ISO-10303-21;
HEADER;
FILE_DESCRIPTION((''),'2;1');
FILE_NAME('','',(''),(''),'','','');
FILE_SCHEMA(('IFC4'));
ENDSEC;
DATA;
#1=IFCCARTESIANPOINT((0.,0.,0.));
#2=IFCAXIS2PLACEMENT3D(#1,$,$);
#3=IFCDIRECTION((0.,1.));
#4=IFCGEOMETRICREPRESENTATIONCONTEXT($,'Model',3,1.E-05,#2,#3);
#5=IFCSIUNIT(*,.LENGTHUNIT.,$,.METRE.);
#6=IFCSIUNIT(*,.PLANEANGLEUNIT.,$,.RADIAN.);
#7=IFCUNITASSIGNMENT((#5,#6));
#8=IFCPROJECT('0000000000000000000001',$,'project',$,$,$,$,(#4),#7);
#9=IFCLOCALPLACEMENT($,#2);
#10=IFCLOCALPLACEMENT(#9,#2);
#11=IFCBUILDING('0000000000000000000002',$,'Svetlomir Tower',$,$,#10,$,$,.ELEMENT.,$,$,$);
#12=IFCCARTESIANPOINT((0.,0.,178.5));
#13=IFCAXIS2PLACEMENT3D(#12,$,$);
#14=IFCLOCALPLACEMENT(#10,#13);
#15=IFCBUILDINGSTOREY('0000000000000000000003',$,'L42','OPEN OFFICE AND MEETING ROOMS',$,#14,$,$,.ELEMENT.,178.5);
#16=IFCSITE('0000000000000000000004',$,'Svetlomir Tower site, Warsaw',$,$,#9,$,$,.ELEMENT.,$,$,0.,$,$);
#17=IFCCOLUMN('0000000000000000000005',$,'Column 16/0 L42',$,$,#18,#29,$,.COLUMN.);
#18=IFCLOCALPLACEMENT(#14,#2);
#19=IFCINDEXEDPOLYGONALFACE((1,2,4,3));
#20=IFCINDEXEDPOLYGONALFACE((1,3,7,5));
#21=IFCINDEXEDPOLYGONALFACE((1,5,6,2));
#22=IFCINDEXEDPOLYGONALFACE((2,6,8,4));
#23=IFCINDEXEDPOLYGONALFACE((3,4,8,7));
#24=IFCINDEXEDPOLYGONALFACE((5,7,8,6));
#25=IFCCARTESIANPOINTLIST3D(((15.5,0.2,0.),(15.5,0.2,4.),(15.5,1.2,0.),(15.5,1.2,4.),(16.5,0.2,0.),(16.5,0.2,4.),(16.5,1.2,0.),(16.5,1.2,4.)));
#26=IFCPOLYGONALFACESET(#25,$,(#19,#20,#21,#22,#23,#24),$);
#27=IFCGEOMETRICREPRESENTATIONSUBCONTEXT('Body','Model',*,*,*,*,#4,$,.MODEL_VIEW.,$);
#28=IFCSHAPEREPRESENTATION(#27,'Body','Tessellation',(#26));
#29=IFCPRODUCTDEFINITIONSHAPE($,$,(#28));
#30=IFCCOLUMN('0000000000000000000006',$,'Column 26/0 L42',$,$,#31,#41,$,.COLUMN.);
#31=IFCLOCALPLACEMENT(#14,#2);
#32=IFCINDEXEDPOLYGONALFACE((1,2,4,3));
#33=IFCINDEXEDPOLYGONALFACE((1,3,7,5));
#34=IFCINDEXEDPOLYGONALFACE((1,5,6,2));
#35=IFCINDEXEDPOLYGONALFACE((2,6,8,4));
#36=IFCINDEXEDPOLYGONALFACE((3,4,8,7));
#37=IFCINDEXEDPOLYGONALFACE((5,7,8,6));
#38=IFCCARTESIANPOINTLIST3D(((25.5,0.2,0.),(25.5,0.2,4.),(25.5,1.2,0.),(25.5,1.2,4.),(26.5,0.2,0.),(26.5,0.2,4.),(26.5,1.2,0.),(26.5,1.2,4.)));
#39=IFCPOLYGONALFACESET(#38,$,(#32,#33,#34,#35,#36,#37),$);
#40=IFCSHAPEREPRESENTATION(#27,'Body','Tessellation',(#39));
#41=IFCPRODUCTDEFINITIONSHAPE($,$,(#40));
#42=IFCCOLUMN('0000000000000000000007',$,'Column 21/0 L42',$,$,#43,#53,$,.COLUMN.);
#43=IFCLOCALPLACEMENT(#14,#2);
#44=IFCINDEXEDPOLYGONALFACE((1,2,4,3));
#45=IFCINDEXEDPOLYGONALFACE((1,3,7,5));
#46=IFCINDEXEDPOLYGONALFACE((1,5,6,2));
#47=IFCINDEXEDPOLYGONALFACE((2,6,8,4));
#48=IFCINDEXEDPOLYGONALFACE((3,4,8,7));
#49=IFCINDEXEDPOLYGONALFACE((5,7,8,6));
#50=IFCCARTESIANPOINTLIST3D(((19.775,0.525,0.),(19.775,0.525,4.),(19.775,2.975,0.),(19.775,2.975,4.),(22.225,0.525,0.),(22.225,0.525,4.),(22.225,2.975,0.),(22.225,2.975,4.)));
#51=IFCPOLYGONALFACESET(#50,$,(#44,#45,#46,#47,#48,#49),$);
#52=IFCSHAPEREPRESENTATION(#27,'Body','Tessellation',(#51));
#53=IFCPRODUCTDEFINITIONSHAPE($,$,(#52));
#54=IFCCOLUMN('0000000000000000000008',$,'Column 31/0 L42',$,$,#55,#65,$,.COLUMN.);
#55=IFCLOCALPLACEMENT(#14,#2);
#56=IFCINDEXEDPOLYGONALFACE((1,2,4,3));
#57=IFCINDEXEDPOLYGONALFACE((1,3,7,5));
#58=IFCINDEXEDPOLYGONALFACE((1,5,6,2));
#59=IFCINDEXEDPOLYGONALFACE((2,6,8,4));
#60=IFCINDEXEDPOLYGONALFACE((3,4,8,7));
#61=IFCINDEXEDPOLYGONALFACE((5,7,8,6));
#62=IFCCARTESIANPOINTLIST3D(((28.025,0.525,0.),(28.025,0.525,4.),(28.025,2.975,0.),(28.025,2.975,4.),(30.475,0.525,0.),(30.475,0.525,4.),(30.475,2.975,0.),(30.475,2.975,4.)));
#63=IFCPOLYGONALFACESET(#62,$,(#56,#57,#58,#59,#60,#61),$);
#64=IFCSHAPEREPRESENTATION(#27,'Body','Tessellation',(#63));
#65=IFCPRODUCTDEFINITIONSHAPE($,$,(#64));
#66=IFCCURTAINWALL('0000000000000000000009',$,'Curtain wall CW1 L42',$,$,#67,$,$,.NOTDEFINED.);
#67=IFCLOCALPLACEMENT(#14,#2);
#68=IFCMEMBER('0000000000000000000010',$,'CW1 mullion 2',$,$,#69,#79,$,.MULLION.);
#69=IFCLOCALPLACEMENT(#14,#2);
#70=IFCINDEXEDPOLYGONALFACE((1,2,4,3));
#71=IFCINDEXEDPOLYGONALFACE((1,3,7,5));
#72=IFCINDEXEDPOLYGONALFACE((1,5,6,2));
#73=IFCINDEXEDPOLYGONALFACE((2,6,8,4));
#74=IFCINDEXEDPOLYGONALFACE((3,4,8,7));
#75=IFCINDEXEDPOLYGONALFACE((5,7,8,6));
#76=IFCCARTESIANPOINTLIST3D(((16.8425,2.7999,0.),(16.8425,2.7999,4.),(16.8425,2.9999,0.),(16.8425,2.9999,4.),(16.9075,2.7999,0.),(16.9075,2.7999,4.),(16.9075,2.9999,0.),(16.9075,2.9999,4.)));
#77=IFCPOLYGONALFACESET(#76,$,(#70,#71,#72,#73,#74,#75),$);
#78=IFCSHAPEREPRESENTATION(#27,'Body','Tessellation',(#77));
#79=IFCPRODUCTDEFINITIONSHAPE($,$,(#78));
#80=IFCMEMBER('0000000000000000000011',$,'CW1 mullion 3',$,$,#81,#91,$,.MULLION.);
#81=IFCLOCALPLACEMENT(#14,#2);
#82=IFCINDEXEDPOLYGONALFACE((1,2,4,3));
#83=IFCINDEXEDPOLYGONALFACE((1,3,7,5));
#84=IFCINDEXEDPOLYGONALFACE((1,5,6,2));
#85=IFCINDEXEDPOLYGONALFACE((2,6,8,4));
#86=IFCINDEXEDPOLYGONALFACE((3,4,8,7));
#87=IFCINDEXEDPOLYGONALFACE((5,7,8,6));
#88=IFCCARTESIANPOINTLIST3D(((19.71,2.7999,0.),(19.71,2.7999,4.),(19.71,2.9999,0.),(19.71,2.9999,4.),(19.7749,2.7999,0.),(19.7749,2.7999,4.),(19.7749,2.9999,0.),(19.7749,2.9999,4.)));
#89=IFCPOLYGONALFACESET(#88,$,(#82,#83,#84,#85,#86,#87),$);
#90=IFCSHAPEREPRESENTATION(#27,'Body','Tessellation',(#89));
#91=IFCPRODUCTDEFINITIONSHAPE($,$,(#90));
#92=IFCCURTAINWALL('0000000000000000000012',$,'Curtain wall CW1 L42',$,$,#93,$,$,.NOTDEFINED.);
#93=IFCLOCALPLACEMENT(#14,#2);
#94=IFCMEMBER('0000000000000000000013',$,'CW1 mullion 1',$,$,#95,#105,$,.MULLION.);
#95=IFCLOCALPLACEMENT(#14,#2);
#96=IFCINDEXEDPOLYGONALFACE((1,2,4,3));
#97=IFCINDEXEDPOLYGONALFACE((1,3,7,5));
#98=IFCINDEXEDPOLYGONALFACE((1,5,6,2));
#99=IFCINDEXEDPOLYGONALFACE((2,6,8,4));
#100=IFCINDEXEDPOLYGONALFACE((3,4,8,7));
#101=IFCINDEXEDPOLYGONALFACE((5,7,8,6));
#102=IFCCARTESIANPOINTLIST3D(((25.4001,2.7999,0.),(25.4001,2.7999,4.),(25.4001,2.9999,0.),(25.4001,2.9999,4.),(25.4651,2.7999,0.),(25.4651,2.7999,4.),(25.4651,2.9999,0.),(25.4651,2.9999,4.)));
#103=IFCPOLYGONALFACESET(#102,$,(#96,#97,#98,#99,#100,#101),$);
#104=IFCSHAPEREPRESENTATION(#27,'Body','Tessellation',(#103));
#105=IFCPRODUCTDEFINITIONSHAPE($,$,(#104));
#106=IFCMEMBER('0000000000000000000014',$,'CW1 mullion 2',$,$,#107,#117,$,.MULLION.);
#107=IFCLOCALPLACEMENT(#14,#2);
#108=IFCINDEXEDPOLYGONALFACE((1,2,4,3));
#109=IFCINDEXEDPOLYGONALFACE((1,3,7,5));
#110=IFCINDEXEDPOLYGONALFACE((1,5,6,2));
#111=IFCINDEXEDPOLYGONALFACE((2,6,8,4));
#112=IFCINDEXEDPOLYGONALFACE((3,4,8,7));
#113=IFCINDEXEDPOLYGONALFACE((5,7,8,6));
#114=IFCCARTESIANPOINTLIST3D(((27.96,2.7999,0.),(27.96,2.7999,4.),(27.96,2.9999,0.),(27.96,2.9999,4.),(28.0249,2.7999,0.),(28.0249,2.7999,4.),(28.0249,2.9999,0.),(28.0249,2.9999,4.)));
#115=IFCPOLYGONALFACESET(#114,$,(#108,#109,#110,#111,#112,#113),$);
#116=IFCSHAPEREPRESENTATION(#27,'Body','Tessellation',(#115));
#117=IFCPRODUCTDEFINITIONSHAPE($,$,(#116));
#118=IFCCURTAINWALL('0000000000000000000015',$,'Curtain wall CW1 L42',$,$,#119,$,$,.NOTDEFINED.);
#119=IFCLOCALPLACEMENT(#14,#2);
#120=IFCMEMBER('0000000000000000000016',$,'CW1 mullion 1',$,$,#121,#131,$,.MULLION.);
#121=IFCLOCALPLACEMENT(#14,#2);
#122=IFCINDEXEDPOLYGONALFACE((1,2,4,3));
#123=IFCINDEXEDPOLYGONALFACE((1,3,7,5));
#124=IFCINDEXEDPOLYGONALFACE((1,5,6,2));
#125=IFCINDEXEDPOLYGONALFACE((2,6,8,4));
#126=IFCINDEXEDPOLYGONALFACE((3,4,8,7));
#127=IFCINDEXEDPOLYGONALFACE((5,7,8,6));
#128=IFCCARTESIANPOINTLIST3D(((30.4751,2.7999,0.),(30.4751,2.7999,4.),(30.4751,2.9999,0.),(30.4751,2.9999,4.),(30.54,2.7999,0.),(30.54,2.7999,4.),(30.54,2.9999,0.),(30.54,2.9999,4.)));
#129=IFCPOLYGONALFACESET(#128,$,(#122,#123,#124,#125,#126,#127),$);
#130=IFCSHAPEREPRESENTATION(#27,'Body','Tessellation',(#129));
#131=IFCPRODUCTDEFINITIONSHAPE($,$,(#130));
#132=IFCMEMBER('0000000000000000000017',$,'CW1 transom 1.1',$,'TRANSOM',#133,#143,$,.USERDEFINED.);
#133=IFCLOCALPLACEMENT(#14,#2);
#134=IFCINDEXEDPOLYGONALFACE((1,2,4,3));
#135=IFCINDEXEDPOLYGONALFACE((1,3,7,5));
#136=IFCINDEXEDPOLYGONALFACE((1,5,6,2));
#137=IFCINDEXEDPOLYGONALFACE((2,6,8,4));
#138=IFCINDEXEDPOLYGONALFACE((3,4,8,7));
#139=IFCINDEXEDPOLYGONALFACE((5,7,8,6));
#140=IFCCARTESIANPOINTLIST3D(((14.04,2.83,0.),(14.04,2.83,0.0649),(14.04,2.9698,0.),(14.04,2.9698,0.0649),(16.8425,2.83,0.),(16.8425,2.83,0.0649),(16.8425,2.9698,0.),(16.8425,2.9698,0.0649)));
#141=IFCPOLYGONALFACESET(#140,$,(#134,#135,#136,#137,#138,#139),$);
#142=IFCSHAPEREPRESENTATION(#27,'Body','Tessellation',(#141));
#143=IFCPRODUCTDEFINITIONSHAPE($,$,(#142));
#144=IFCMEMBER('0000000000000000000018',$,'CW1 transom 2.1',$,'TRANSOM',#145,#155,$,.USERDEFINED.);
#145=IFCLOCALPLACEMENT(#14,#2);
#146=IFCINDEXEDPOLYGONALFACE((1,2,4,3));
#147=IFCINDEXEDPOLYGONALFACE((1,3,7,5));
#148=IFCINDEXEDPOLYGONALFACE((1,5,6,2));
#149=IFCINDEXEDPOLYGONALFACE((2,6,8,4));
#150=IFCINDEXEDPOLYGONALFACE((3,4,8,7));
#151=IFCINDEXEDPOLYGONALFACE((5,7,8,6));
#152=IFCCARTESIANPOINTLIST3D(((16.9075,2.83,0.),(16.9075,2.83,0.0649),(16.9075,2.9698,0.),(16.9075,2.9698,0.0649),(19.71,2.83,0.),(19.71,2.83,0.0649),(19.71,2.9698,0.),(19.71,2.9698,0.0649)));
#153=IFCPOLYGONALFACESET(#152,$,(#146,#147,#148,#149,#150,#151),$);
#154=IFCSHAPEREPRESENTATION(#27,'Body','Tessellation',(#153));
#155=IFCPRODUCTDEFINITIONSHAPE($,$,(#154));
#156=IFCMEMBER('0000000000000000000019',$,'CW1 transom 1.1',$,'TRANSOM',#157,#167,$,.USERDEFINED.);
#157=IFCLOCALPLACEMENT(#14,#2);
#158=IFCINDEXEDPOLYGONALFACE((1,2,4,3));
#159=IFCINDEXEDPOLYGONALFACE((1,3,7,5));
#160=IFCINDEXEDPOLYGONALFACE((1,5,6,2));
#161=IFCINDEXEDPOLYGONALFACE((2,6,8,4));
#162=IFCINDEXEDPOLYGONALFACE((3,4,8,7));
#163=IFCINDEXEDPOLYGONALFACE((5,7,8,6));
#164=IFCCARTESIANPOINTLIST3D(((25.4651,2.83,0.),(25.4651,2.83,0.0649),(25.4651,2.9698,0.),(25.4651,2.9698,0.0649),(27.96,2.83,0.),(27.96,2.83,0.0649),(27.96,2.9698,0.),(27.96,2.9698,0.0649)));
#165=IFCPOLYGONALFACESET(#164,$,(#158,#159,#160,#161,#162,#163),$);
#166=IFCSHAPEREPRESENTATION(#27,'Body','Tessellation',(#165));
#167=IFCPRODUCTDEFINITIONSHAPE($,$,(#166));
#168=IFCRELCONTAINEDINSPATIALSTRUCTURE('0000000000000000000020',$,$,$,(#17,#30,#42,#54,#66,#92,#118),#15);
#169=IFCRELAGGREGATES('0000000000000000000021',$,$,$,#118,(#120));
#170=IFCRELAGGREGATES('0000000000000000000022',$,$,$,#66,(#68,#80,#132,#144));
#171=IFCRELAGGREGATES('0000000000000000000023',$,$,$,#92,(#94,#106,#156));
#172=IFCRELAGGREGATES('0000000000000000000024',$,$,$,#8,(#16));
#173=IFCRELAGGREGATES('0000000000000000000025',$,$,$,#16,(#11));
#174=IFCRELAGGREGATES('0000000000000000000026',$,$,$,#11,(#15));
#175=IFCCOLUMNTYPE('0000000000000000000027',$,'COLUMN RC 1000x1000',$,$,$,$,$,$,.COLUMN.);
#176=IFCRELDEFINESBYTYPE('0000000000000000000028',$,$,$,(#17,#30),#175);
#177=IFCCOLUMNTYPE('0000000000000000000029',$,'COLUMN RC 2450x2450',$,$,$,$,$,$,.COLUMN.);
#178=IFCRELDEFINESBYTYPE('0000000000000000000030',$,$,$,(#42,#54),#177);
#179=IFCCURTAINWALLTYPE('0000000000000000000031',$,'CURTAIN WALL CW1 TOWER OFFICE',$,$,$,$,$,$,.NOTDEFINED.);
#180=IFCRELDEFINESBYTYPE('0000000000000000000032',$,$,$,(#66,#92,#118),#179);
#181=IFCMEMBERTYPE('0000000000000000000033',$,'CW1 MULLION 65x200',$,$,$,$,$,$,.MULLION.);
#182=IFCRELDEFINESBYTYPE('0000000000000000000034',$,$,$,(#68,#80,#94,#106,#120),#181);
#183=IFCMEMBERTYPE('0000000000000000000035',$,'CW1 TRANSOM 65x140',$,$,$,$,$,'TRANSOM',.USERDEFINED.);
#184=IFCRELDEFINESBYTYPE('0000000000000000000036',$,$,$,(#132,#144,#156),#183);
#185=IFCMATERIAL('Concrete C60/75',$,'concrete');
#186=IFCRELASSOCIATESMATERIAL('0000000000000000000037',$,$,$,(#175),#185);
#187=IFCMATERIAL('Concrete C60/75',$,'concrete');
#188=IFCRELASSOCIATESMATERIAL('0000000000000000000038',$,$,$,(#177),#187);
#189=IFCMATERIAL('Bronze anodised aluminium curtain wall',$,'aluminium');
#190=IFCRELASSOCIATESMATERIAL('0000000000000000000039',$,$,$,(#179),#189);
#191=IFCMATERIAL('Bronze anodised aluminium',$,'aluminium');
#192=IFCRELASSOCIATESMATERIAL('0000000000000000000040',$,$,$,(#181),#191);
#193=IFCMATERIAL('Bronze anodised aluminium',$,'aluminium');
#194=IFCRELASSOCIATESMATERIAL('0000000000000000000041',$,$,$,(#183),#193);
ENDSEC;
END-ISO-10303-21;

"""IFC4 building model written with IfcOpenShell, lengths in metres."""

from ifc_helpers import new_model, si_unit, direction, frame, origin, origin_2d, place, context, subcontext, project, spatial, rectangle, extrude, material, material_profile, profile_set, type_object, element, aggregate, save


model = new_model("IFC4")

# Units and contexts
model_context = context("Model", 3, precision=1e-05, world=origin(), true_north=direction((0.0, 1.0)))
body_context = subcontext(model_context, "Body", "Model", "MODEL_VIEW")
ifc_project = project(units=[si_unit("LENGTHUNIT", "METRE"), si_unit("PLANEANGLEUNIT", "RADIAN")], contexts=[model_context])

# Site, building, storey
site_placement = place(None, origin())
site = spatial("IfcSite", under=ifc_project, at=site_placement, Name="Svetlomir Tower site, Warsaw", CompositionType="ELEMENT", RefElevation=0.0)
building_placement = place(site_placement, origin())
building = spatial("IfcBuilding", under=site, at=building_placement, Name="Svetlomir Tower", CompositionType="ELEMENT")
storey_placement = place(building_placement, frame((0.0, 0.0, 178.5)))
storey = spatial("IfcBuildingStorey", under=building, at=storey_placement, Name="L42", Description="OPEN OFFICE AND MEETING ROOMS", CompositionType="ELEMENT", Elevation=178.5)

# Columns
ifc_material_1 = material(Name="Concrete C60/75", Category="concrete")
ifc_material_profile_1 = material_profile(ifc_material_1, rectangle(XDim=1.0, YDim=1.0, at=origin_2d()), Name="RC 1000x1000")
ifc_profile_set_1 = profile_set([ifc_material_profile_1], Name="Concrete C60/75")
column_type_1 = type_object("IfcColumnType", Name="COLUMN RC 1000x1000", PredefinedType="COLUMN", material=ifc_profile_set_1)
for number, where, z_axis, x_axis, name in (
    (1, (16.0, 0.7, 0.0), (0.0, 0.0, 1.0), (1.0, 0.0, 0.0), "Column 16/0 L42"),
    (2, (26.0, 0.7, 0.0), (0.0, 0.0, 1.0), (1.0, 0.0, 0.0), "Column 26/0 L42"),
):
    element("IfcColumn", number, at=place(storey_placement, frame(where, z_axis=z_axis, x_axis=x_axis)), inside=storey, type_object=column_type_1, Name=name, PredefinedType="COLUMN", context=body_context, shape_type="SweptSolid", body=[
        extrude(rectangle(XDim=1.0, YDim=1.0, at=origin_2d()), origin(), (0.0, 0.0, 1.0), 4.0),
    ])
ifc_material_2 = material(Name="Concrete C60/75", Category="concrete")
ifc_material_profile_2 = material_profile(ifc_material_2, rectangle(XDim=2.45, YDim=2.45, at=origin_2d()), Name="RC 2450x2450")
ifc_profile_set_2 = profile_set([ifc_material_profile_2], Name="Concrete C60/75")
column_type_2 = type_object("IfcColumnType", Name="COLUMN RC 2450x2450", PredefinedType="COLUMN", material=ifc_profile_set_2)
for number, where, z_axis, x_axis, name in (
    (3, (21.0, 1.75, 0.0), (0.0, 0.0, 1.0), (1.0, 0.0, 0.0), "Column 21/0 L42"),
    (4, (29.25, 1.75, 0.0), (0.0, 0.0, 1.0), (1.0, 0.0, 0.0), "Column 31/0 L42"),
):
    element("IfcColumn", number, at=place(storey_placement, frame(where, z_axis=z_axis, x_axis=x_axis)), inside=storey, type_object=column_type_2, Name=name, PredefinedType="COLUMN", context=body_context, shape_type="SweptSolid", body=[
        extrude(rectangle(XDim=2.45, YDim=2.45, at=origin_2d()), origin(), (0.0, 0.0, 1.0), 4.0),
    ])

# Curtain walls, members
ifc_material_3 = material(Name="Bronze anodised aluminium curtain wall", Category="aluminium")
curtain_wall_type = type_object("IfcCurtainWallType", Name="CURTAIN WALL CW1 TOWER OFFICE", PredefinedType="NOTDEFINED", material=ifc_material_3)
curtain_wall_1_placement = place(storey_placement, origin())
curtain_wall_1 = element("IfcCurtainWall", 5, at=curtain_wall_1_placement, inside=storey, type_object=curtain_wall_type, Name="Curtain wall CW1 L42", PredefinedType="NOTDEFINED")
ifc_material_4 = material(Name="Bronze anodised aluminium", Category="aluminium")
ifc_material_profile_3 = material_profile(ifc_material_4, rectangle(XDim=0.0649, YDim=0.2, at=origin_2d()), Name="AL 65x200")
ifc_profile_set_3 = profile_set([ifc_material_profile_3], Name="Bronze anodised aluminium 6063-T6")
member_type_1 = type_object("IfcMemberType", Name="CW1 MULLION 65x200", PredefinedType="MULLION", material=ifc_profile_set_3)
member_1_placement = place(storey_placement, frame((16.875, 2.8999, 0.0), z_axis=(0.0, 0.0, 1.0), x_axis=(1.0, 0.0, 0.0)))
member_1 = element("IfcMember", 6, at=member_1_placement, type_object=member_type_1, Name="CW1 mullion 2", PredefinedType="MULLION", context=body_context, shape_type="SweptSolid", body=[
    extrude(rectangle(XDim=0.0649, YDim=0.2, at=origin_2d()), origin(), (0.0, 0.0, 1.0), 4.0),
])
member_2_placement = place(storey_placement, frame((19.7424, 2.8999, 0.0), z_axis=(0.0, 0.0, 1.0), x_axis=(1.0, 0.0, 0.0)))
member_2 = element("IfcMember", 7, at=member_2_placement, type_object=member_type_1, Name="CW1 mullion 3", PredefinedType="MULLION", context=body_context, shape_type="SweptSolid", body=[
    extrude(rectangle(XDim=0.0649, YDim=0.2, at=origin_2d()), origin(), (0.0, 0.0, 1.0), 4.0),
])
curtain_wall_2_placement = place(storey_placement, origin())
curtain_wall_2 = element("IfcCurtainWall", 8, at=curtain_wall_2_placement, inside=storey, type_object=curtain_wall_type, Name="Curtain wall CW1 L42", PredefinedType="NOTDEFINED")
member_3_placement = place(storey_placement, frame((25.4326, 2.8999, 0.0), z_axis=(0.0, 0.0, 1.0), x_axis=(1.0, 0.0, 0.0)))
member_3 = element("IfcMember", 9, at=member_3_placement, type_object=member_type_1, Name="CW1 mullion 1", PredefinedType="MULLION", context=body_context, shape_type="SweptSolid", body=[
    extrude(rectangle(XDim=0.0649, YDim=0.2, at=origin_2d()), origin(), (0.0, 0.0, 1.0), 4.0),
])
member_4_placement = place(storey_placement, frame((27.9924, 2.8999, 0.0), z_axis=(0.0, 0.0, 1.0), x_axis=(1.0, 0.0, 0.0)))
member_4 = element("IfcMember", 10, at=member_4_placement, type_object=member_type_1, Name="CW1 mullion 2", PredefinedType="MULLION", context=body_context, shape_type="SweptSolid", body=[
    extrude(rectangle(XDim=0.0649, YDim=0.2, at=origin_2d()), origin(), (0.0, 0.0, 1.0), 4.0),
])

# Curtain wall, member
curtain_wall_3_placement = place(storey_placement, origin())
curtain_wall_3 = element("IfcCurtainWall", 11, at=curtain_wall_3_placement, inside=storey, type_object=curtain_wall_type, Name="Curtain wall CW1 L42", PredefinedType="NOTDEFINED")
member_5_placement = place(storey_placement, frame((30.5076, 2.8999, 0.0), z_axis=(0.0, 0.0, 1.0), x_axis=(1.0, 0.0, 0.0)))
member_5 = element("IfcMember", 12, at=member_5_placement, type_object=member_type_1, Name="CW1 mullion 1", PredefinedType="MULLION", context=body_context, shape_type="SweptSolid", body=[
    extrude(rectangle(XDim=0.0649, YDim=0.2, at=origin_2d()), origin(), (0.0, 0.0, 1.0), 4.0),
])
aggregate(curtain_wall_3, [member_5])

# Members
ifc_material_5 = material(Name="Bronze anodised aluminium", Category="aluminium")
ifc_material_profile_4 = material_profile(ifc_material_5, rectangle(XDim=0.1399, YDim=0.0649, at=origin_2d()), Name="AL 140x65")
ifc_profile_set_4 = profile_set([ifc_material_profile_4], Name="Bronze anodised aluminium 6063-T6")
member_type_2 = type_object("IfcMemberType", Name="CW1 TRANSOM 65x140", ElementType="TRANSOM", PredefinedType="USERDEFINED", material=ifc_profile_set_4)
member_6_placement = place(storey_placement, frame((14.04, 2.8999, 0.0325), z_axis=(1.0, 0.0, 0.0), x_axis=(0.0, 1.0, 0.0)))
member_6 = element("IfcMember", 13, at=member_6_placement, type_object=member_type_2, Name="CW1 transom 1.1", ObjectType="TRANSOM", PredefinedType="USERDEFINED", context=body_context, shape_type="SweptSolid", body=[
    extrude(rectangle(XDim=0.1399, YDim=0.0649, at=origin_2d()), origin(), (0.0, 0.0, 1.0), 2.8025),
])
member_7_placement = place(storey_placement, frame((16.9075, 2.8999, 0.0325), z_axis=(1.0, 0.0, 0.0), x_axis=(0.0, 1.0, 0.0)))
member_7 = element("IfcMember", 14, at=member_7_placement, type_object=member_type_2, Name="CW1 transom 2.1", ObjectType="TRANSOM", PredefinedType="USERDEFINED", context=body_context, shape_type="SweptSolid", body=[
    extrude(rectangle(XDim=0.1399, YDim=0.0649, at=origin_2d()), origin(), (0.0, 0.0, 1.0), 2.8025),
])
member_8_placement = place(storey_placement, frame((25.4651, 2.8999, 0.0325), z_axis=(1.0, 0.0, 0.0), x_axis=(0.0, 1.0, 0.0)))
member_8 = element("IfcMember", 15, at=member_8_placement, type_object=member_type_2, Name="CW1 transom 1.1", ObjectType="TRANSOM", PredefinedType="USERDEFINED", context=body_context, shape_type="SweptSolid", body=[
    extrude(rectangle(XDim=0.1399, YDim=0.0649, at=origin_2d()), origin(), (0.0, 0.0, 1.0), 2.4949),
])

aggregate(curtain_wall_1, [member_1, member_2, member_6, member_7])
aggregate(curtain_wall_2, [member_3, member_4, member_8])

save(model, "model.ifc")
